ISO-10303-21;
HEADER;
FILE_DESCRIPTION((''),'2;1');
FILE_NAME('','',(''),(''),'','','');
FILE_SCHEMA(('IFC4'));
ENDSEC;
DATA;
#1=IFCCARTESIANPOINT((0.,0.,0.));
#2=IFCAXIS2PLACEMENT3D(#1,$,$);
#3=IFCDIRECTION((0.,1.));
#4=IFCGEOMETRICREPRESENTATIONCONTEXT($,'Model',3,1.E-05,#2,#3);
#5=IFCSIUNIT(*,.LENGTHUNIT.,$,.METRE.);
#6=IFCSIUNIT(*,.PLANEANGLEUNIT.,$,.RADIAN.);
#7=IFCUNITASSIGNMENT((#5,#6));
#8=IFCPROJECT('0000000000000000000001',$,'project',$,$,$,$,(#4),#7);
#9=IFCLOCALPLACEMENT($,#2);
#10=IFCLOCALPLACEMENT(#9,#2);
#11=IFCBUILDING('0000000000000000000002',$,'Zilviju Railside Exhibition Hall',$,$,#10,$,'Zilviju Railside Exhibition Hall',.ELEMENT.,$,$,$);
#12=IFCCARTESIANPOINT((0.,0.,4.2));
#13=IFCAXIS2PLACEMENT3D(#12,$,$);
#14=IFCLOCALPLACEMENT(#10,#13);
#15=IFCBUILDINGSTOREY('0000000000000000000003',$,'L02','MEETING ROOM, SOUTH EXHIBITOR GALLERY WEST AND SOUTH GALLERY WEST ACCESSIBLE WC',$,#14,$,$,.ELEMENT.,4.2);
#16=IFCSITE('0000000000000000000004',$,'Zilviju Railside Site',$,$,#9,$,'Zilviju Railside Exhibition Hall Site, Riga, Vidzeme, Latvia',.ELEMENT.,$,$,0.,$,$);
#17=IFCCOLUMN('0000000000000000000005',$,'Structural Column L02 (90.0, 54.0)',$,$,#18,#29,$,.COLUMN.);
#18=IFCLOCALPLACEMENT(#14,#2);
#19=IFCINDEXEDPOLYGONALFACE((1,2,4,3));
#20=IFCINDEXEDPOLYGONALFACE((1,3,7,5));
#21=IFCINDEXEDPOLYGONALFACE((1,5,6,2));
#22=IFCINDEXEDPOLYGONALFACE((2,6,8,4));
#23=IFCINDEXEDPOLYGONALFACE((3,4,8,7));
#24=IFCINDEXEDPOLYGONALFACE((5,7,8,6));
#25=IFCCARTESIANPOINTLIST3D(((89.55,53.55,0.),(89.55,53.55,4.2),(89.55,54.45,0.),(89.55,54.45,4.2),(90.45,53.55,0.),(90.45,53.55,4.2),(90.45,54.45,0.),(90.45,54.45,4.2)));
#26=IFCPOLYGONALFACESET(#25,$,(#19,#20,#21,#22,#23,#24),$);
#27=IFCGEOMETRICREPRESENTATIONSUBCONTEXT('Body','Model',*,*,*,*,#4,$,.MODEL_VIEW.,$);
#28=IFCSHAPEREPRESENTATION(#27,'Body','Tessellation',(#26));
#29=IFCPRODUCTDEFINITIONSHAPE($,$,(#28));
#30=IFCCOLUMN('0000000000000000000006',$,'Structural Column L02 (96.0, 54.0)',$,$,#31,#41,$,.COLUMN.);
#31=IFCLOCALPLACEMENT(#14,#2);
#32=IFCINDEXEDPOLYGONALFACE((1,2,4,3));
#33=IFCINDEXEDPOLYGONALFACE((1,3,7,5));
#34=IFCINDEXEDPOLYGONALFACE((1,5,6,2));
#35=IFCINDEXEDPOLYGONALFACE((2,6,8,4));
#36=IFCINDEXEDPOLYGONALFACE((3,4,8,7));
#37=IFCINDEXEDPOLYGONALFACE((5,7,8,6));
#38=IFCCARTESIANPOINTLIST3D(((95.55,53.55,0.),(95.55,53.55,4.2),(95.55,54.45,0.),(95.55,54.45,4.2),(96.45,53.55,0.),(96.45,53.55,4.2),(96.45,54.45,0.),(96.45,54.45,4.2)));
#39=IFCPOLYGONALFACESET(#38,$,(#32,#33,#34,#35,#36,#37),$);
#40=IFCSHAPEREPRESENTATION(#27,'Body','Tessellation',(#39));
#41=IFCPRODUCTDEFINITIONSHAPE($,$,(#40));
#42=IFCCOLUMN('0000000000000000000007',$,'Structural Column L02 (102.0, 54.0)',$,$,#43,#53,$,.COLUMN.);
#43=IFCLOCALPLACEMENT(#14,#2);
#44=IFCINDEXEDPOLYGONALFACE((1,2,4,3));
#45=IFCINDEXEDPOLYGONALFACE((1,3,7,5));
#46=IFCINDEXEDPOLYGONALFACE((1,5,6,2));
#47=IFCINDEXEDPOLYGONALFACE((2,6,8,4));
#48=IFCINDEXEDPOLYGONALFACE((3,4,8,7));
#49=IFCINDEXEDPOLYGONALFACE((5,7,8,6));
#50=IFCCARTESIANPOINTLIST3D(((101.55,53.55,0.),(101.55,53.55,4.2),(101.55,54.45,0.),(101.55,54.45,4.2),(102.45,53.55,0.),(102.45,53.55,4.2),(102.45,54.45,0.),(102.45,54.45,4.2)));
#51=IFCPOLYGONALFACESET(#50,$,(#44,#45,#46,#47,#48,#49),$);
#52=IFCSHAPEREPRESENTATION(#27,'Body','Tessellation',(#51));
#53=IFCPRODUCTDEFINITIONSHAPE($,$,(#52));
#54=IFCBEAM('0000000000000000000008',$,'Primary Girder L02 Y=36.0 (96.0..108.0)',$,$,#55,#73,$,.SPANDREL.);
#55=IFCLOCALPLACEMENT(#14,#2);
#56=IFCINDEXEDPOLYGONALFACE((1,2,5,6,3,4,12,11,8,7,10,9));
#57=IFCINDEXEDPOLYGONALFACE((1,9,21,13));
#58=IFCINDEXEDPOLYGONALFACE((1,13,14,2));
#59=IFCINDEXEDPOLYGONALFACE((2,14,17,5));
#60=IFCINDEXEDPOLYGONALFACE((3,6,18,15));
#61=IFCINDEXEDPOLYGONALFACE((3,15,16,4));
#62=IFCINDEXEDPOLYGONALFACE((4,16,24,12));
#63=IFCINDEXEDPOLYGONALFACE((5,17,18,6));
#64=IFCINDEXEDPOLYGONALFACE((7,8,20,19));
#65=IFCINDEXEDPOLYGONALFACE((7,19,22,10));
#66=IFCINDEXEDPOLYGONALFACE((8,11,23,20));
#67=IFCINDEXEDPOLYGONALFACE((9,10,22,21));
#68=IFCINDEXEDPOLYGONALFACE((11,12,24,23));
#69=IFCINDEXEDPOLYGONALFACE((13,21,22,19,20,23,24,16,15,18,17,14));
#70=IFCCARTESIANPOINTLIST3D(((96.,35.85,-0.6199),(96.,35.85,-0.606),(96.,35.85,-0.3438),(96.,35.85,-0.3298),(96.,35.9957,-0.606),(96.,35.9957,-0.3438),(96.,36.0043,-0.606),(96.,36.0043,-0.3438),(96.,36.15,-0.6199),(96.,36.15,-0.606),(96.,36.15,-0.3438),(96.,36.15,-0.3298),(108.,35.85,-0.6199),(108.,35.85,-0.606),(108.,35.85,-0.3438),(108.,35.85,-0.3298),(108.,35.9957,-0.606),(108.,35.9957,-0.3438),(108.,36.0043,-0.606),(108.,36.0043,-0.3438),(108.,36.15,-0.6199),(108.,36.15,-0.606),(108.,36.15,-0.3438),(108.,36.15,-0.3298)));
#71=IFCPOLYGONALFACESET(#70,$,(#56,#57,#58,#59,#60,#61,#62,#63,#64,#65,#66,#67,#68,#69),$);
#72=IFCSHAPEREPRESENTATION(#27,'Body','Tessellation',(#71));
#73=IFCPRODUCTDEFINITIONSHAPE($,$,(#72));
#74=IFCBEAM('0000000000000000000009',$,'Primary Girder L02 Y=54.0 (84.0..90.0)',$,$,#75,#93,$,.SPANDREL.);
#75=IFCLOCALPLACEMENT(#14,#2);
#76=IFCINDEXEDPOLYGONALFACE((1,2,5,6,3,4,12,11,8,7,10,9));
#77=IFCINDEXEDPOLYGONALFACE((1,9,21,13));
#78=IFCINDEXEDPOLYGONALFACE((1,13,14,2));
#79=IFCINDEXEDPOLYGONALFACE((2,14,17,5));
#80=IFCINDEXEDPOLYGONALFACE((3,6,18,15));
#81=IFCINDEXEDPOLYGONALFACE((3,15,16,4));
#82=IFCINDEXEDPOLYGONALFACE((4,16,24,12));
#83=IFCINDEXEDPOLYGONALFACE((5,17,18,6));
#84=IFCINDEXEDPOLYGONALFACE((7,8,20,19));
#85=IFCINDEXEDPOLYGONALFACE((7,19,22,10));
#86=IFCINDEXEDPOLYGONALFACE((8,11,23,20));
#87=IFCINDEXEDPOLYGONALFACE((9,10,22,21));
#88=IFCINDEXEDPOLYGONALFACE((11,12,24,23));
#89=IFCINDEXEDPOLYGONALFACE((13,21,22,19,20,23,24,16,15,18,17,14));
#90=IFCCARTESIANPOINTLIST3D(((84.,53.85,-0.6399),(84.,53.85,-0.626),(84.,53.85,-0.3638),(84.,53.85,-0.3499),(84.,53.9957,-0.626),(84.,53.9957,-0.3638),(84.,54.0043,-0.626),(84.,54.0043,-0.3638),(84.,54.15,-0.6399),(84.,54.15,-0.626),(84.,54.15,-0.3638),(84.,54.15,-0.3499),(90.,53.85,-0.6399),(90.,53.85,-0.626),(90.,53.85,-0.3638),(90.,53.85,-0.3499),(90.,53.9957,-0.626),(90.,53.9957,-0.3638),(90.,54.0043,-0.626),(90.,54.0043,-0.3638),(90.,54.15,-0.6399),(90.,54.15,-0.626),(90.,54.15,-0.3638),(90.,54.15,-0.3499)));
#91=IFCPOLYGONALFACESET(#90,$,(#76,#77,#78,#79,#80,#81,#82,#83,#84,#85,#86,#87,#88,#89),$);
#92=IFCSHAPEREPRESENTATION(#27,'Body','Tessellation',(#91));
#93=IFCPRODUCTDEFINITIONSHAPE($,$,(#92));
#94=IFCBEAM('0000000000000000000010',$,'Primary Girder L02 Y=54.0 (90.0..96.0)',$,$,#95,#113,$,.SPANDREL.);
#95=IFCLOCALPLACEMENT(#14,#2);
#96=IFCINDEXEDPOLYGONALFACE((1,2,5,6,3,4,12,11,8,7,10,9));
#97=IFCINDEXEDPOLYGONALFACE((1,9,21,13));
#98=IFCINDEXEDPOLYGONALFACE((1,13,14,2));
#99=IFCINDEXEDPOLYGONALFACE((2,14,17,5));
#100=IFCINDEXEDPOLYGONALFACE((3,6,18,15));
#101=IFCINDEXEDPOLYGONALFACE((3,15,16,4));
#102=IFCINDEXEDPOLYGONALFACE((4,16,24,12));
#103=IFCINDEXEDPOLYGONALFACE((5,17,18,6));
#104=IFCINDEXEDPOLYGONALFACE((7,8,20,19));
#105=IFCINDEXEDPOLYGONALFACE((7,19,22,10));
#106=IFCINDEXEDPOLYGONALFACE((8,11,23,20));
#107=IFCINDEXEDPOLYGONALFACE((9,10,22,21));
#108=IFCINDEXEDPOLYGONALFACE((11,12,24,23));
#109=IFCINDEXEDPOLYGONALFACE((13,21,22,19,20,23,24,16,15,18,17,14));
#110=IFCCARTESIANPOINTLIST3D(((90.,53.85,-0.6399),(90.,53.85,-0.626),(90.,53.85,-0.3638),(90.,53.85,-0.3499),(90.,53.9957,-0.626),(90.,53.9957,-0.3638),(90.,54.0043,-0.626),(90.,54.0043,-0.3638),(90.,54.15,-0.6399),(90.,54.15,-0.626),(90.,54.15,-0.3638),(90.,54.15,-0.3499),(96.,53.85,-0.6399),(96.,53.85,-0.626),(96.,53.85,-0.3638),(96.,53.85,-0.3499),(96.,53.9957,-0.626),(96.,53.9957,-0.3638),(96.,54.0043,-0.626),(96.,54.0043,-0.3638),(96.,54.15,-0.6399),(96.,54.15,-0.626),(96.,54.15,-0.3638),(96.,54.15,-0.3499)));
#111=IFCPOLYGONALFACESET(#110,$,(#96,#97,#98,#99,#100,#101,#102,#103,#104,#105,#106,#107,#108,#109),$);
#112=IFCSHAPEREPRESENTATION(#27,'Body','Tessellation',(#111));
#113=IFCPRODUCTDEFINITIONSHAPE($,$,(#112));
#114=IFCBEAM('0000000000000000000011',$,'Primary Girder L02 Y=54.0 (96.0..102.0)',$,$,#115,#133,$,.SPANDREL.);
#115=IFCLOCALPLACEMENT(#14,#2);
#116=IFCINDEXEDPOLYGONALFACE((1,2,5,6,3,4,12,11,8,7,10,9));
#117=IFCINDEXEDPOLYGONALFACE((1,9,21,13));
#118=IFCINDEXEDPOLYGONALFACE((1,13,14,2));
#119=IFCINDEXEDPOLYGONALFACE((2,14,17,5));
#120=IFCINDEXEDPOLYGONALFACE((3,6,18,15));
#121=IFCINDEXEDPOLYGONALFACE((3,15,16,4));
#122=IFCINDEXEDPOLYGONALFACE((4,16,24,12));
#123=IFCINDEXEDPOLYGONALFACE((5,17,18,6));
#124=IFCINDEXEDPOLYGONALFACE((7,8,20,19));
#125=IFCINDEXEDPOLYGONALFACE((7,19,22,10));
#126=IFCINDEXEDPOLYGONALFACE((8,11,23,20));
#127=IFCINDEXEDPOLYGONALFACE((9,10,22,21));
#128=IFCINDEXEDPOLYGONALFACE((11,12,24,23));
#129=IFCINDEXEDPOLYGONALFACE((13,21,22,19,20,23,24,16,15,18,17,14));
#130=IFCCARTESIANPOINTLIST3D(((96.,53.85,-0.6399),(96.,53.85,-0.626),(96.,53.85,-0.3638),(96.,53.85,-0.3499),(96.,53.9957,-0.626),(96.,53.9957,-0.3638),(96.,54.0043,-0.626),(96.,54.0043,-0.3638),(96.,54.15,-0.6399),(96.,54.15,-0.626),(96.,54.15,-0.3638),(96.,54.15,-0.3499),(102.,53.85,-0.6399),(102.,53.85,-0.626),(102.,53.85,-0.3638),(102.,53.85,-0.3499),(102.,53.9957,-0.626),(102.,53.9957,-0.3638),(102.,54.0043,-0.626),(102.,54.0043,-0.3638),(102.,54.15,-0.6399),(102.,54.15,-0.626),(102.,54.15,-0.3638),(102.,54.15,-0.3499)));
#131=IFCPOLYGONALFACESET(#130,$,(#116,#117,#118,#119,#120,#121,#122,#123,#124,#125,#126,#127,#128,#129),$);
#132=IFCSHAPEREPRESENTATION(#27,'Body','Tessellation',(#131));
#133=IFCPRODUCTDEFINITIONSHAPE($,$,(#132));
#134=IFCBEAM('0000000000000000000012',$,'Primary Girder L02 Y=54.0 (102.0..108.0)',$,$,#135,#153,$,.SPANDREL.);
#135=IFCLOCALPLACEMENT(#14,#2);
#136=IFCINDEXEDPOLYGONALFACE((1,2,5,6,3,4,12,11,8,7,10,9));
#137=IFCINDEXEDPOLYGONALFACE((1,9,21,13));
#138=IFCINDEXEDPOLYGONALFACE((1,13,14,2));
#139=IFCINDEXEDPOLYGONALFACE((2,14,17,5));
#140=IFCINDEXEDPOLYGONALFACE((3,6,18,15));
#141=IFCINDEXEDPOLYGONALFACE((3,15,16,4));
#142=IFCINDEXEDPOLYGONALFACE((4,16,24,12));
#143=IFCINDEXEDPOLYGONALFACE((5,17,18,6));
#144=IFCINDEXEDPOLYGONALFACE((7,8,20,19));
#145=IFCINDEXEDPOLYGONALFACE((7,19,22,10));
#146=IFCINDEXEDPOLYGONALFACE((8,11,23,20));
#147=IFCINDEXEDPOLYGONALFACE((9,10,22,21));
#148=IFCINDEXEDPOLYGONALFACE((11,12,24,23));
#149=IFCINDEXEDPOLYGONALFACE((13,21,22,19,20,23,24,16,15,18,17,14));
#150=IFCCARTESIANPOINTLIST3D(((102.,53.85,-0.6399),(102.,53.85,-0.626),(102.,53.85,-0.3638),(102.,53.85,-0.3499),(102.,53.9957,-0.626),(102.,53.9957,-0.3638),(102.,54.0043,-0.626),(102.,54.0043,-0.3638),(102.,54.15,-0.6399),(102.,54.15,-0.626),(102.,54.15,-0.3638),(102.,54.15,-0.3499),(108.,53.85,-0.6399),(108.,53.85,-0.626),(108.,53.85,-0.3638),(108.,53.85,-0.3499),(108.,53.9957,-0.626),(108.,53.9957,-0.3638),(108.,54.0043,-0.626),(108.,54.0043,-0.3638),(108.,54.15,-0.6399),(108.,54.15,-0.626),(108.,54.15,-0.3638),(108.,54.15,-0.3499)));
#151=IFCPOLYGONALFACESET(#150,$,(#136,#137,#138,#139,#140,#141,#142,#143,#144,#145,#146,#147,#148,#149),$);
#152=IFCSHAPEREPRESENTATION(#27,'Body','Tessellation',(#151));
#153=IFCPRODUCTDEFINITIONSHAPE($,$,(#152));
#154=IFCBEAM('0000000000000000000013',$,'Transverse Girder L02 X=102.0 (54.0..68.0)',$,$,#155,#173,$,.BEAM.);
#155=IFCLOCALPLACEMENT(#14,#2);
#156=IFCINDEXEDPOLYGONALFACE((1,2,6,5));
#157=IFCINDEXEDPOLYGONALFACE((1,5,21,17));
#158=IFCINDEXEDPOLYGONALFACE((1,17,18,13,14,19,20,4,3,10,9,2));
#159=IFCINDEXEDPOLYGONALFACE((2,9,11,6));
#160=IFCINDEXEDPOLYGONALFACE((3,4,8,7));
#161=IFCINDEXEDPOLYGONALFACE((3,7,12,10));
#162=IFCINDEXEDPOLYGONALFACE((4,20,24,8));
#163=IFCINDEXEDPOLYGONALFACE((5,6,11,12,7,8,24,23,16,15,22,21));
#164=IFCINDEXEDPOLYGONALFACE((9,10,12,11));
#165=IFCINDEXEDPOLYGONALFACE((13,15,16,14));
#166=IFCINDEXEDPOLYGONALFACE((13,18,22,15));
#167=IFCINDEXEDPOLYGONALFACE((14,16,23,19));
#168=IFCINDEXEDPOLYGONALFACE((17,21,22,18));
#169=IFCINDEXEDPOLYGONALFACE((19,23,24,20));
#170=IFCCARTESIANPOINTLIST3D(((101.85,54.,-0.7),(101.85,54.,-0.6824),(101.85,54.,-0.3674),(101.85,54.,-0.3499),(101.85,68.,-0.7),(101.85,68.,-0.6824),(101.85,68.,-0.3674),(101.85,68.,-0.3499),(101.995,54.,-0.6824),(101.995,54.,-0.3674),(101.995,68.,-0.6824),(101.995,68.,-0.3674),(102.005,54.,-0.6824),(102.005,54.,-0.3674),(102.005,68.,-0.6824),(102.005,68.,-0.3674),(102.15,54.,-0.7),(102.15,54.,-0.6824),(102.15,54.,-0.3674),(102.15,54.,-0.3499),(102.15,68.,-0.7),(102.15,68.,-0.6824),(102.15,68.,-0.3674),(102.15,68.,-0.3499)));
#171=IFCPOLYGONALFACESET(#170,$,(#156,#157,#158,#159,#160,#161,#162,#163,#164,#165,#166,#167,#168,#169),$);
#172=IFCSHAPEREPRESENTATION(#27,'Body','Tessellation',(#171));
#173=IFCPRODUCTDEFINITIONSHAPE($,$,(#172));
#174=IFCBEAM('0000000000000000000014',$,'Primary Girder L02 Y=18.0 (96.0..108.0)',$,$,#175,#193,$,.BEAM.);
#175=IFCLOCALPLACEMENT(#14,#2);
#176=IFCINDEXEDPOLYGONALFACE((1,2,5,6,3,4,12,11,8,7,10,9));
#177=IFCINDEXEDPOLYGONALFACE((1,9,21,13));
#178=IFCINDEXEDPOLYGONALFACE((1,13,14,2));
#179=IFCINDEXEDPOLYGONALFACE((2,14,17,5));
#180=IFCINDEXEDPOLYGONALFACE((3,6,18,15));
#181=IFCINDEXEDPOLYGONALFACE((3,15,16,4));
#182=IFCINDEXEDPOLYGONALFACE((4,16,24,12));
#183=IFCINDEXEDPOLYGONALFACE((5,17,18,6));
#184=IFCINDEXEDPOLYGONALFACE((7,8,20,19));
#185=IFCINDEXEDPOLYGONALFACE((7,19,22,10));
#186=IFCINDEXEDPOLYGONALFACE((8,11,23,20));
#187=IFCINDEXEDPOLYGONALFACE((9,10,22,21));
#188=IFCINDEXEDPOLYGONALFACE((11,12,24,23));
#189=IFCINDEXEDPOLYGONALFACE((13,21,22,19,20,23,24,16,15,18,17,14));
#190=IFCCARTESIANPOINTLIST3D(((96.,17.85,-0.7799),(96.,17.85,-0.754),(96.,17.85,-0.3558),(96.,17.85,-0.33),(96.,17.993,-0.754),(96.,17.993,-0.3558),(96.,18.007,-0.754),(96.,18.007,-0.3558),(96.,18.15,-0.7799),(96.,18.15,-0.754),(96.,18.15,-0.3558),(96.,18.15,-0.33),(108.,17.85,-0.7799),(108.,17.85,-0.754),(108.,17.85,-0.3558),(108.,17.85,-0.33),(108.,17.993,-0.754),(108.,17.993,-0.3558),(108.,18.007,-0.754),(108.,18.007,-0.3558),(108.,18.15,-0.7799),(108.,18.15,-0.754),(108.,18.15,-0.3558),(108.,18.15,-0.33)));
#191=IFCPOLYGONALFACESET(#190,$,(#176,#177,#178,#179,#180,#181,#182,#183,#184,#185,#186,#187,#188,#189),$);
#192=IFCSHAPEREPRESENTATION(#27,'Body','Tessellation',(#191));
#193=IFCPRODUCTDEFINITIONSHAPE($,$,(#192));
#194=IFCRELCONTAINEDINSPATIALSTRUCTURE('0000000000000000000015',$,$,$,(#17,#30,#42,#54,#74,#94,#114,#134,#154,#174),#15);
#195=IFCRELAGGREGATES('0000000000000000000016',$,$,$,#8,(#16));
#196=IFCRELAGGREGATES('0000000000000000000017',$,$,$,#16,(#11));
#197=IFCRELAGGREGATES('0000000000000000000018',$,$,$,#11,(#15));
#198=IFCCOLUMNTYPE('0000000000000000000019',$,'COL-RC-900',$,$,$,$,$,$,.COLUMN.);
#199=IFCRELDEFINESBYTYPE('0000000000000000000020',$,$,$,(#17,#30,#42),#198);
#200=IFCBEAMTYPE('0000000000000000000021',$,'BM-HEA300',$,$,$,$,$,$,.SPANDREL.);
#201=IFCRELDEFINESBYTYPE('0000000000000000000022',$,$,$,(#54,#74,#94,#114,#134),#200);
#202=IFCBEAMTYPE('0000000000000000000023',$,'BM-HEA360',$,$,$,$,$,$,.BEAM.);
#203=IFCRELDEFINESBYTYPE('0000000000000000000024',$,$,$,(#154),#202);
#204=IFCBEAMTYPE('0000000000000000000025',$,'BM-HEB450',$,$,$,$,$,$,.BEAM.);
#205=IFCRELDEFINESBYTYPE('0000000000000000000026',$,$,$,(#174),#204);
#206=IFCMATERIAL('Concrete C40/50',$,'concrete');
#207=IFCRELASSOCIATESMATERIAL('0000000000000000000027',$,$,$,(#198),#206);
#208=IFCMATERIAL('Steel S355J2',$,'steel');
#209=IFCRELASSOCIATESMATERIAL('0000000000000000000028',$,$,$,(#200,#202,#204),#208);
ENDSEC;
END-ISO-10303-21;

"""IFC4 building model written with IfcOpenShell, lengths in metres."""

from ifc_helpers import new_model, si_unit, direction, frame, origin, origin_2d, place, context, subcontext, project, spatial, rectangle, i_section, extrude, material, material_profile, profile_set, type_object, element, save


model = new_model("IFC4")

# Units and contexts
model_context = context("Model", 3, precision=1e-05, world=origin(), true_north=direction((0.0, 1.0)))
body_context = subcontext(model_context, "Body", "Model", "MODEL_VIEW")
ifc_project = project(units=[si_unit("LENGTHUNIT", "METRE"), si_unit("PLANEANGLEUNIT", "RADIAN")], contexts=[model_context])

# Site, building, storey
site_placement = place(None, origin())
site = spatial("IfcSite", under=ifc_project, at=site_placement, Name="Zilviju Railside Site", LongName="Zilviju Railside Exhibition Hall Site, Riga, Vidzeme, Latvia", CompositionType="ELEMENT", RefElevation=0.0)
building_placement = place(site_placement, origin())
building = spatial("IfcBuilding", under=site, at=building_placement, Name="Zilviju Railside Exhibition Hall", LongName="Zilviju Railside Exhibition Hall", CompositionType="ELEMENT")
storey_placement = place(building_placement, frame((0.0, 0.0, 4.2)))
storey = spatial("IfcBuildingStorey", under=building, at=storey_placement, Name="L02", Description="MEETING ROOM, SOUTH EXHIBITOR GALLERY WEST AND SOUTH GALLERY WEST ACCESSIBLE WC", CompositionType="ELEMENT", Elevation=4.2)

# Columns
ifc_material_1 = material(Name="Concrete C40/50", Category="concrete")
ifc_material_profile_1 = material_profile(ifc_material_1, rectangle(XDim=0.8999, YDim=0.8999, at=origin_2d()), Name="RC COL 900x900")
ifc_profile_set_1 = profile_set([ifc_material_profile_1], Name="Concrete C40/50")
column_type = type_object("IfcColumnType", Name="COL-RC-900", PredefinedType="COLUMN", material=ifc_profile_set_1)
for number, where, z_axis, x_axis, name in (
    (1, (90.0, 54.0, 0.0), (0.0, 0.0, 1.0), (1.0, 0.0, 0.0), "Structural Column L02 (90.0, 54.0)"),
    (2, (96.0, 54.0, 0.0), (0.0, 0.0, 1.0), (1.0, 0.0, 0.0), "Structural Column L02 (96.0, 54.0)"),
    (3, (102.0, 54.0, 0.0), (0.0, 0.0, 1.0), (1.0, 0.0, 0.0), "Structural Column L02 (102.0, 54.0)"),
):
    element("IfcColumn", number, at=place(storey_placement, frame(where, z_axis=z_axis, x_axis=x_axis)), inside=storey, type_object=column_type, Name=name, PredefinedType="COLUMN", context=body_context, shape_type="SweptSolid", body=[
        extrude(rectangle(XDim=0.8999, YDim=0.8999, at=origin_2d()), origin(), (0.0, 0.0, 1.0), 4.2),
    ])

# Beams
ifc_material_2 = material(Name="Steel S355J2", Category="steel")
ifc_material_profile_2 = material_profile(ifc_material_2, i_section(OverallWidth=0.3, OverallDepth=0.29, WebThickness=0.0085, FlangeThickness=0.0139, at=origin_2d()), Name="HEA 300")
ifc_profile_set_2 = profile_set([ifc_material_profile_2], Name="Steel S355J2")
beam_type_1 = type_object("IfcBeamType", Name="BM-HEA300", PredefinedType="SPANDREL", material=ifc_profile_set_2)
beam_1_placement = place(storey_placement, frame((96.0, 36.0, -0.4749), z_axis=(1.0, 0.0, 0.0), x_axis=(0.0, 1.0, 0.0)))
element("IfcBeam", 4, at=beam_1_placement, inside=storey, type_object=beam_type_1, Name="Primary Girder L02 Y=36.0 (96.0..108.0)", PredefinedType="SPANDREL", context=body_context, shape_type="SweptSolid", body=[
    extrude(i_section(OverallWidth=0.3, OverallDepth=0.29, WebThickness=0.0085, FlangeThickness=0.0139, at=origin_2d()), origin(), (0.0, 0.0, 1.0), 12.0),
])
for number, where, z_axis, x_axis, name in (
    (5, (84.0, 54.0, -0.4949), (1.0, 0.0, 0.0), (0.0, 1.0, 0.0), "Primary Girder L02 Y=54.0 (84.0..90.0)"),
    (6, (90.0, 54.0, -0.4949), (1.0, 0.0, 0.0), (0.0, 1.0, 0.0), "Primary Girder L02 Y=54.0 (90.0..96.0)"),
    (7, (96.0, 54.0, -0.4949), (1.0, 0.0, 0.0), (0.0, 1.0, 0.0), "Primary Girder L02 Y=54.0 (96.0..102.0)"),
    (8, (102.0, 54.0, -0.4949), (1.0, 0.0, 0.0), (0.0, 1.0, 0.0), "Primary Girder L02 Y=54.0 (102.0..108.0)"),
):
    element("IfcBeam", number, at=place(storey_placement, frame(where, z_axis=z_axis, x_axis=x_axis)), inside=storey, type_object=beam_type_1, Name=name, PredefinedType="SPANDREL", context=body_context, shape_type="SweptSolid", body=[
        extrude(i_section(OverallWidth=0.3, OverallDepth=0.29, WebThickness=0.0085, FlangeThickness=0.0139, at=origin_2d()), origin(), (0.0, 0.0, 1.0), 6.0),
    ])
ifc_material_profile_3 = material_profile(ifc_material_2, i_section(OverallWidth=0.3, OverallDepth=0.3501, WebThickness=0.01, FlangeThickness=0.0176, at=origin_2d()), Name="HEA 360")
ifc_profile_set_3 = profile_set([ifc_material_profile_3], Name="Steel S355J2")
beam_type_2 = type_object("IfcBeamType", Name="BM-HEA360", PredefinedType="BEAM", material=ifc_profile_set_3)
beam_2_placement = place(storey_placement, frame((102.0, 54.0, -0.5249), z_axis=(0.0, 1.0, 0.0), x_axis=(-1.0, 0.0, 0.0)))
element("IfcBeam", 9, at=beam_2_placement, inside=storey, type_object=beam_type_2, Name="Transverse Girder L02 X=102.0 (54.0..68.0)", PredefinedType="BEAM", context=body_context, shape_type="SweptSolid", body=[
    extrude(i_section(OverallWidth=0.3, OverallDepth=0.3501, WebThickness=0.01, FlangeThickness=0.0176, at=origin_2d()), origin(), (0.0, 0.0, 1.0), 14.0),
])
ifc_material_profile_4 = material_profile(ifc_material_2, i_section(OverallWidth=0.3, OverallDepth=0.45, WebThickness=0.0139, FlangeThickness=0.0259, at=origin_2d()), Name="HEB 450")
ifc_profile_set_4 = profile_set([ifc_material_profile_4], Name="Steel S355J2")
beam_type_3 = type_object("IfcBeamType", Name="BM-HEB450", PredefinedType="BEAM", material=ifc_profile_set_4)
beam_3_placement = place(storey_placement, frame((96.0, 18.0, -0.5549), z_axis=(1.0, 0.0, 0.0), x_axis=(0.0, 1.0, 0.0)))
element("IfcBeam", 10, at=beam_3_placement, inside=storey, type_object=beam_type_3, Name="Primary Girder L02 Y=18.0 (96.0..108.0)", PredefinedType="BEAM", context=body_context, shape_type="SweptSolid", body=[
    extrude(i_section(OverallWidth=0.3, OverallDepth=0.45, WebThickness=0.0139, FlangeThickness=0.0259, at=origin_2d()), origin(), (0.0, 0.0, 1.0), 12.0),
])

save(model, "model.ifc")
